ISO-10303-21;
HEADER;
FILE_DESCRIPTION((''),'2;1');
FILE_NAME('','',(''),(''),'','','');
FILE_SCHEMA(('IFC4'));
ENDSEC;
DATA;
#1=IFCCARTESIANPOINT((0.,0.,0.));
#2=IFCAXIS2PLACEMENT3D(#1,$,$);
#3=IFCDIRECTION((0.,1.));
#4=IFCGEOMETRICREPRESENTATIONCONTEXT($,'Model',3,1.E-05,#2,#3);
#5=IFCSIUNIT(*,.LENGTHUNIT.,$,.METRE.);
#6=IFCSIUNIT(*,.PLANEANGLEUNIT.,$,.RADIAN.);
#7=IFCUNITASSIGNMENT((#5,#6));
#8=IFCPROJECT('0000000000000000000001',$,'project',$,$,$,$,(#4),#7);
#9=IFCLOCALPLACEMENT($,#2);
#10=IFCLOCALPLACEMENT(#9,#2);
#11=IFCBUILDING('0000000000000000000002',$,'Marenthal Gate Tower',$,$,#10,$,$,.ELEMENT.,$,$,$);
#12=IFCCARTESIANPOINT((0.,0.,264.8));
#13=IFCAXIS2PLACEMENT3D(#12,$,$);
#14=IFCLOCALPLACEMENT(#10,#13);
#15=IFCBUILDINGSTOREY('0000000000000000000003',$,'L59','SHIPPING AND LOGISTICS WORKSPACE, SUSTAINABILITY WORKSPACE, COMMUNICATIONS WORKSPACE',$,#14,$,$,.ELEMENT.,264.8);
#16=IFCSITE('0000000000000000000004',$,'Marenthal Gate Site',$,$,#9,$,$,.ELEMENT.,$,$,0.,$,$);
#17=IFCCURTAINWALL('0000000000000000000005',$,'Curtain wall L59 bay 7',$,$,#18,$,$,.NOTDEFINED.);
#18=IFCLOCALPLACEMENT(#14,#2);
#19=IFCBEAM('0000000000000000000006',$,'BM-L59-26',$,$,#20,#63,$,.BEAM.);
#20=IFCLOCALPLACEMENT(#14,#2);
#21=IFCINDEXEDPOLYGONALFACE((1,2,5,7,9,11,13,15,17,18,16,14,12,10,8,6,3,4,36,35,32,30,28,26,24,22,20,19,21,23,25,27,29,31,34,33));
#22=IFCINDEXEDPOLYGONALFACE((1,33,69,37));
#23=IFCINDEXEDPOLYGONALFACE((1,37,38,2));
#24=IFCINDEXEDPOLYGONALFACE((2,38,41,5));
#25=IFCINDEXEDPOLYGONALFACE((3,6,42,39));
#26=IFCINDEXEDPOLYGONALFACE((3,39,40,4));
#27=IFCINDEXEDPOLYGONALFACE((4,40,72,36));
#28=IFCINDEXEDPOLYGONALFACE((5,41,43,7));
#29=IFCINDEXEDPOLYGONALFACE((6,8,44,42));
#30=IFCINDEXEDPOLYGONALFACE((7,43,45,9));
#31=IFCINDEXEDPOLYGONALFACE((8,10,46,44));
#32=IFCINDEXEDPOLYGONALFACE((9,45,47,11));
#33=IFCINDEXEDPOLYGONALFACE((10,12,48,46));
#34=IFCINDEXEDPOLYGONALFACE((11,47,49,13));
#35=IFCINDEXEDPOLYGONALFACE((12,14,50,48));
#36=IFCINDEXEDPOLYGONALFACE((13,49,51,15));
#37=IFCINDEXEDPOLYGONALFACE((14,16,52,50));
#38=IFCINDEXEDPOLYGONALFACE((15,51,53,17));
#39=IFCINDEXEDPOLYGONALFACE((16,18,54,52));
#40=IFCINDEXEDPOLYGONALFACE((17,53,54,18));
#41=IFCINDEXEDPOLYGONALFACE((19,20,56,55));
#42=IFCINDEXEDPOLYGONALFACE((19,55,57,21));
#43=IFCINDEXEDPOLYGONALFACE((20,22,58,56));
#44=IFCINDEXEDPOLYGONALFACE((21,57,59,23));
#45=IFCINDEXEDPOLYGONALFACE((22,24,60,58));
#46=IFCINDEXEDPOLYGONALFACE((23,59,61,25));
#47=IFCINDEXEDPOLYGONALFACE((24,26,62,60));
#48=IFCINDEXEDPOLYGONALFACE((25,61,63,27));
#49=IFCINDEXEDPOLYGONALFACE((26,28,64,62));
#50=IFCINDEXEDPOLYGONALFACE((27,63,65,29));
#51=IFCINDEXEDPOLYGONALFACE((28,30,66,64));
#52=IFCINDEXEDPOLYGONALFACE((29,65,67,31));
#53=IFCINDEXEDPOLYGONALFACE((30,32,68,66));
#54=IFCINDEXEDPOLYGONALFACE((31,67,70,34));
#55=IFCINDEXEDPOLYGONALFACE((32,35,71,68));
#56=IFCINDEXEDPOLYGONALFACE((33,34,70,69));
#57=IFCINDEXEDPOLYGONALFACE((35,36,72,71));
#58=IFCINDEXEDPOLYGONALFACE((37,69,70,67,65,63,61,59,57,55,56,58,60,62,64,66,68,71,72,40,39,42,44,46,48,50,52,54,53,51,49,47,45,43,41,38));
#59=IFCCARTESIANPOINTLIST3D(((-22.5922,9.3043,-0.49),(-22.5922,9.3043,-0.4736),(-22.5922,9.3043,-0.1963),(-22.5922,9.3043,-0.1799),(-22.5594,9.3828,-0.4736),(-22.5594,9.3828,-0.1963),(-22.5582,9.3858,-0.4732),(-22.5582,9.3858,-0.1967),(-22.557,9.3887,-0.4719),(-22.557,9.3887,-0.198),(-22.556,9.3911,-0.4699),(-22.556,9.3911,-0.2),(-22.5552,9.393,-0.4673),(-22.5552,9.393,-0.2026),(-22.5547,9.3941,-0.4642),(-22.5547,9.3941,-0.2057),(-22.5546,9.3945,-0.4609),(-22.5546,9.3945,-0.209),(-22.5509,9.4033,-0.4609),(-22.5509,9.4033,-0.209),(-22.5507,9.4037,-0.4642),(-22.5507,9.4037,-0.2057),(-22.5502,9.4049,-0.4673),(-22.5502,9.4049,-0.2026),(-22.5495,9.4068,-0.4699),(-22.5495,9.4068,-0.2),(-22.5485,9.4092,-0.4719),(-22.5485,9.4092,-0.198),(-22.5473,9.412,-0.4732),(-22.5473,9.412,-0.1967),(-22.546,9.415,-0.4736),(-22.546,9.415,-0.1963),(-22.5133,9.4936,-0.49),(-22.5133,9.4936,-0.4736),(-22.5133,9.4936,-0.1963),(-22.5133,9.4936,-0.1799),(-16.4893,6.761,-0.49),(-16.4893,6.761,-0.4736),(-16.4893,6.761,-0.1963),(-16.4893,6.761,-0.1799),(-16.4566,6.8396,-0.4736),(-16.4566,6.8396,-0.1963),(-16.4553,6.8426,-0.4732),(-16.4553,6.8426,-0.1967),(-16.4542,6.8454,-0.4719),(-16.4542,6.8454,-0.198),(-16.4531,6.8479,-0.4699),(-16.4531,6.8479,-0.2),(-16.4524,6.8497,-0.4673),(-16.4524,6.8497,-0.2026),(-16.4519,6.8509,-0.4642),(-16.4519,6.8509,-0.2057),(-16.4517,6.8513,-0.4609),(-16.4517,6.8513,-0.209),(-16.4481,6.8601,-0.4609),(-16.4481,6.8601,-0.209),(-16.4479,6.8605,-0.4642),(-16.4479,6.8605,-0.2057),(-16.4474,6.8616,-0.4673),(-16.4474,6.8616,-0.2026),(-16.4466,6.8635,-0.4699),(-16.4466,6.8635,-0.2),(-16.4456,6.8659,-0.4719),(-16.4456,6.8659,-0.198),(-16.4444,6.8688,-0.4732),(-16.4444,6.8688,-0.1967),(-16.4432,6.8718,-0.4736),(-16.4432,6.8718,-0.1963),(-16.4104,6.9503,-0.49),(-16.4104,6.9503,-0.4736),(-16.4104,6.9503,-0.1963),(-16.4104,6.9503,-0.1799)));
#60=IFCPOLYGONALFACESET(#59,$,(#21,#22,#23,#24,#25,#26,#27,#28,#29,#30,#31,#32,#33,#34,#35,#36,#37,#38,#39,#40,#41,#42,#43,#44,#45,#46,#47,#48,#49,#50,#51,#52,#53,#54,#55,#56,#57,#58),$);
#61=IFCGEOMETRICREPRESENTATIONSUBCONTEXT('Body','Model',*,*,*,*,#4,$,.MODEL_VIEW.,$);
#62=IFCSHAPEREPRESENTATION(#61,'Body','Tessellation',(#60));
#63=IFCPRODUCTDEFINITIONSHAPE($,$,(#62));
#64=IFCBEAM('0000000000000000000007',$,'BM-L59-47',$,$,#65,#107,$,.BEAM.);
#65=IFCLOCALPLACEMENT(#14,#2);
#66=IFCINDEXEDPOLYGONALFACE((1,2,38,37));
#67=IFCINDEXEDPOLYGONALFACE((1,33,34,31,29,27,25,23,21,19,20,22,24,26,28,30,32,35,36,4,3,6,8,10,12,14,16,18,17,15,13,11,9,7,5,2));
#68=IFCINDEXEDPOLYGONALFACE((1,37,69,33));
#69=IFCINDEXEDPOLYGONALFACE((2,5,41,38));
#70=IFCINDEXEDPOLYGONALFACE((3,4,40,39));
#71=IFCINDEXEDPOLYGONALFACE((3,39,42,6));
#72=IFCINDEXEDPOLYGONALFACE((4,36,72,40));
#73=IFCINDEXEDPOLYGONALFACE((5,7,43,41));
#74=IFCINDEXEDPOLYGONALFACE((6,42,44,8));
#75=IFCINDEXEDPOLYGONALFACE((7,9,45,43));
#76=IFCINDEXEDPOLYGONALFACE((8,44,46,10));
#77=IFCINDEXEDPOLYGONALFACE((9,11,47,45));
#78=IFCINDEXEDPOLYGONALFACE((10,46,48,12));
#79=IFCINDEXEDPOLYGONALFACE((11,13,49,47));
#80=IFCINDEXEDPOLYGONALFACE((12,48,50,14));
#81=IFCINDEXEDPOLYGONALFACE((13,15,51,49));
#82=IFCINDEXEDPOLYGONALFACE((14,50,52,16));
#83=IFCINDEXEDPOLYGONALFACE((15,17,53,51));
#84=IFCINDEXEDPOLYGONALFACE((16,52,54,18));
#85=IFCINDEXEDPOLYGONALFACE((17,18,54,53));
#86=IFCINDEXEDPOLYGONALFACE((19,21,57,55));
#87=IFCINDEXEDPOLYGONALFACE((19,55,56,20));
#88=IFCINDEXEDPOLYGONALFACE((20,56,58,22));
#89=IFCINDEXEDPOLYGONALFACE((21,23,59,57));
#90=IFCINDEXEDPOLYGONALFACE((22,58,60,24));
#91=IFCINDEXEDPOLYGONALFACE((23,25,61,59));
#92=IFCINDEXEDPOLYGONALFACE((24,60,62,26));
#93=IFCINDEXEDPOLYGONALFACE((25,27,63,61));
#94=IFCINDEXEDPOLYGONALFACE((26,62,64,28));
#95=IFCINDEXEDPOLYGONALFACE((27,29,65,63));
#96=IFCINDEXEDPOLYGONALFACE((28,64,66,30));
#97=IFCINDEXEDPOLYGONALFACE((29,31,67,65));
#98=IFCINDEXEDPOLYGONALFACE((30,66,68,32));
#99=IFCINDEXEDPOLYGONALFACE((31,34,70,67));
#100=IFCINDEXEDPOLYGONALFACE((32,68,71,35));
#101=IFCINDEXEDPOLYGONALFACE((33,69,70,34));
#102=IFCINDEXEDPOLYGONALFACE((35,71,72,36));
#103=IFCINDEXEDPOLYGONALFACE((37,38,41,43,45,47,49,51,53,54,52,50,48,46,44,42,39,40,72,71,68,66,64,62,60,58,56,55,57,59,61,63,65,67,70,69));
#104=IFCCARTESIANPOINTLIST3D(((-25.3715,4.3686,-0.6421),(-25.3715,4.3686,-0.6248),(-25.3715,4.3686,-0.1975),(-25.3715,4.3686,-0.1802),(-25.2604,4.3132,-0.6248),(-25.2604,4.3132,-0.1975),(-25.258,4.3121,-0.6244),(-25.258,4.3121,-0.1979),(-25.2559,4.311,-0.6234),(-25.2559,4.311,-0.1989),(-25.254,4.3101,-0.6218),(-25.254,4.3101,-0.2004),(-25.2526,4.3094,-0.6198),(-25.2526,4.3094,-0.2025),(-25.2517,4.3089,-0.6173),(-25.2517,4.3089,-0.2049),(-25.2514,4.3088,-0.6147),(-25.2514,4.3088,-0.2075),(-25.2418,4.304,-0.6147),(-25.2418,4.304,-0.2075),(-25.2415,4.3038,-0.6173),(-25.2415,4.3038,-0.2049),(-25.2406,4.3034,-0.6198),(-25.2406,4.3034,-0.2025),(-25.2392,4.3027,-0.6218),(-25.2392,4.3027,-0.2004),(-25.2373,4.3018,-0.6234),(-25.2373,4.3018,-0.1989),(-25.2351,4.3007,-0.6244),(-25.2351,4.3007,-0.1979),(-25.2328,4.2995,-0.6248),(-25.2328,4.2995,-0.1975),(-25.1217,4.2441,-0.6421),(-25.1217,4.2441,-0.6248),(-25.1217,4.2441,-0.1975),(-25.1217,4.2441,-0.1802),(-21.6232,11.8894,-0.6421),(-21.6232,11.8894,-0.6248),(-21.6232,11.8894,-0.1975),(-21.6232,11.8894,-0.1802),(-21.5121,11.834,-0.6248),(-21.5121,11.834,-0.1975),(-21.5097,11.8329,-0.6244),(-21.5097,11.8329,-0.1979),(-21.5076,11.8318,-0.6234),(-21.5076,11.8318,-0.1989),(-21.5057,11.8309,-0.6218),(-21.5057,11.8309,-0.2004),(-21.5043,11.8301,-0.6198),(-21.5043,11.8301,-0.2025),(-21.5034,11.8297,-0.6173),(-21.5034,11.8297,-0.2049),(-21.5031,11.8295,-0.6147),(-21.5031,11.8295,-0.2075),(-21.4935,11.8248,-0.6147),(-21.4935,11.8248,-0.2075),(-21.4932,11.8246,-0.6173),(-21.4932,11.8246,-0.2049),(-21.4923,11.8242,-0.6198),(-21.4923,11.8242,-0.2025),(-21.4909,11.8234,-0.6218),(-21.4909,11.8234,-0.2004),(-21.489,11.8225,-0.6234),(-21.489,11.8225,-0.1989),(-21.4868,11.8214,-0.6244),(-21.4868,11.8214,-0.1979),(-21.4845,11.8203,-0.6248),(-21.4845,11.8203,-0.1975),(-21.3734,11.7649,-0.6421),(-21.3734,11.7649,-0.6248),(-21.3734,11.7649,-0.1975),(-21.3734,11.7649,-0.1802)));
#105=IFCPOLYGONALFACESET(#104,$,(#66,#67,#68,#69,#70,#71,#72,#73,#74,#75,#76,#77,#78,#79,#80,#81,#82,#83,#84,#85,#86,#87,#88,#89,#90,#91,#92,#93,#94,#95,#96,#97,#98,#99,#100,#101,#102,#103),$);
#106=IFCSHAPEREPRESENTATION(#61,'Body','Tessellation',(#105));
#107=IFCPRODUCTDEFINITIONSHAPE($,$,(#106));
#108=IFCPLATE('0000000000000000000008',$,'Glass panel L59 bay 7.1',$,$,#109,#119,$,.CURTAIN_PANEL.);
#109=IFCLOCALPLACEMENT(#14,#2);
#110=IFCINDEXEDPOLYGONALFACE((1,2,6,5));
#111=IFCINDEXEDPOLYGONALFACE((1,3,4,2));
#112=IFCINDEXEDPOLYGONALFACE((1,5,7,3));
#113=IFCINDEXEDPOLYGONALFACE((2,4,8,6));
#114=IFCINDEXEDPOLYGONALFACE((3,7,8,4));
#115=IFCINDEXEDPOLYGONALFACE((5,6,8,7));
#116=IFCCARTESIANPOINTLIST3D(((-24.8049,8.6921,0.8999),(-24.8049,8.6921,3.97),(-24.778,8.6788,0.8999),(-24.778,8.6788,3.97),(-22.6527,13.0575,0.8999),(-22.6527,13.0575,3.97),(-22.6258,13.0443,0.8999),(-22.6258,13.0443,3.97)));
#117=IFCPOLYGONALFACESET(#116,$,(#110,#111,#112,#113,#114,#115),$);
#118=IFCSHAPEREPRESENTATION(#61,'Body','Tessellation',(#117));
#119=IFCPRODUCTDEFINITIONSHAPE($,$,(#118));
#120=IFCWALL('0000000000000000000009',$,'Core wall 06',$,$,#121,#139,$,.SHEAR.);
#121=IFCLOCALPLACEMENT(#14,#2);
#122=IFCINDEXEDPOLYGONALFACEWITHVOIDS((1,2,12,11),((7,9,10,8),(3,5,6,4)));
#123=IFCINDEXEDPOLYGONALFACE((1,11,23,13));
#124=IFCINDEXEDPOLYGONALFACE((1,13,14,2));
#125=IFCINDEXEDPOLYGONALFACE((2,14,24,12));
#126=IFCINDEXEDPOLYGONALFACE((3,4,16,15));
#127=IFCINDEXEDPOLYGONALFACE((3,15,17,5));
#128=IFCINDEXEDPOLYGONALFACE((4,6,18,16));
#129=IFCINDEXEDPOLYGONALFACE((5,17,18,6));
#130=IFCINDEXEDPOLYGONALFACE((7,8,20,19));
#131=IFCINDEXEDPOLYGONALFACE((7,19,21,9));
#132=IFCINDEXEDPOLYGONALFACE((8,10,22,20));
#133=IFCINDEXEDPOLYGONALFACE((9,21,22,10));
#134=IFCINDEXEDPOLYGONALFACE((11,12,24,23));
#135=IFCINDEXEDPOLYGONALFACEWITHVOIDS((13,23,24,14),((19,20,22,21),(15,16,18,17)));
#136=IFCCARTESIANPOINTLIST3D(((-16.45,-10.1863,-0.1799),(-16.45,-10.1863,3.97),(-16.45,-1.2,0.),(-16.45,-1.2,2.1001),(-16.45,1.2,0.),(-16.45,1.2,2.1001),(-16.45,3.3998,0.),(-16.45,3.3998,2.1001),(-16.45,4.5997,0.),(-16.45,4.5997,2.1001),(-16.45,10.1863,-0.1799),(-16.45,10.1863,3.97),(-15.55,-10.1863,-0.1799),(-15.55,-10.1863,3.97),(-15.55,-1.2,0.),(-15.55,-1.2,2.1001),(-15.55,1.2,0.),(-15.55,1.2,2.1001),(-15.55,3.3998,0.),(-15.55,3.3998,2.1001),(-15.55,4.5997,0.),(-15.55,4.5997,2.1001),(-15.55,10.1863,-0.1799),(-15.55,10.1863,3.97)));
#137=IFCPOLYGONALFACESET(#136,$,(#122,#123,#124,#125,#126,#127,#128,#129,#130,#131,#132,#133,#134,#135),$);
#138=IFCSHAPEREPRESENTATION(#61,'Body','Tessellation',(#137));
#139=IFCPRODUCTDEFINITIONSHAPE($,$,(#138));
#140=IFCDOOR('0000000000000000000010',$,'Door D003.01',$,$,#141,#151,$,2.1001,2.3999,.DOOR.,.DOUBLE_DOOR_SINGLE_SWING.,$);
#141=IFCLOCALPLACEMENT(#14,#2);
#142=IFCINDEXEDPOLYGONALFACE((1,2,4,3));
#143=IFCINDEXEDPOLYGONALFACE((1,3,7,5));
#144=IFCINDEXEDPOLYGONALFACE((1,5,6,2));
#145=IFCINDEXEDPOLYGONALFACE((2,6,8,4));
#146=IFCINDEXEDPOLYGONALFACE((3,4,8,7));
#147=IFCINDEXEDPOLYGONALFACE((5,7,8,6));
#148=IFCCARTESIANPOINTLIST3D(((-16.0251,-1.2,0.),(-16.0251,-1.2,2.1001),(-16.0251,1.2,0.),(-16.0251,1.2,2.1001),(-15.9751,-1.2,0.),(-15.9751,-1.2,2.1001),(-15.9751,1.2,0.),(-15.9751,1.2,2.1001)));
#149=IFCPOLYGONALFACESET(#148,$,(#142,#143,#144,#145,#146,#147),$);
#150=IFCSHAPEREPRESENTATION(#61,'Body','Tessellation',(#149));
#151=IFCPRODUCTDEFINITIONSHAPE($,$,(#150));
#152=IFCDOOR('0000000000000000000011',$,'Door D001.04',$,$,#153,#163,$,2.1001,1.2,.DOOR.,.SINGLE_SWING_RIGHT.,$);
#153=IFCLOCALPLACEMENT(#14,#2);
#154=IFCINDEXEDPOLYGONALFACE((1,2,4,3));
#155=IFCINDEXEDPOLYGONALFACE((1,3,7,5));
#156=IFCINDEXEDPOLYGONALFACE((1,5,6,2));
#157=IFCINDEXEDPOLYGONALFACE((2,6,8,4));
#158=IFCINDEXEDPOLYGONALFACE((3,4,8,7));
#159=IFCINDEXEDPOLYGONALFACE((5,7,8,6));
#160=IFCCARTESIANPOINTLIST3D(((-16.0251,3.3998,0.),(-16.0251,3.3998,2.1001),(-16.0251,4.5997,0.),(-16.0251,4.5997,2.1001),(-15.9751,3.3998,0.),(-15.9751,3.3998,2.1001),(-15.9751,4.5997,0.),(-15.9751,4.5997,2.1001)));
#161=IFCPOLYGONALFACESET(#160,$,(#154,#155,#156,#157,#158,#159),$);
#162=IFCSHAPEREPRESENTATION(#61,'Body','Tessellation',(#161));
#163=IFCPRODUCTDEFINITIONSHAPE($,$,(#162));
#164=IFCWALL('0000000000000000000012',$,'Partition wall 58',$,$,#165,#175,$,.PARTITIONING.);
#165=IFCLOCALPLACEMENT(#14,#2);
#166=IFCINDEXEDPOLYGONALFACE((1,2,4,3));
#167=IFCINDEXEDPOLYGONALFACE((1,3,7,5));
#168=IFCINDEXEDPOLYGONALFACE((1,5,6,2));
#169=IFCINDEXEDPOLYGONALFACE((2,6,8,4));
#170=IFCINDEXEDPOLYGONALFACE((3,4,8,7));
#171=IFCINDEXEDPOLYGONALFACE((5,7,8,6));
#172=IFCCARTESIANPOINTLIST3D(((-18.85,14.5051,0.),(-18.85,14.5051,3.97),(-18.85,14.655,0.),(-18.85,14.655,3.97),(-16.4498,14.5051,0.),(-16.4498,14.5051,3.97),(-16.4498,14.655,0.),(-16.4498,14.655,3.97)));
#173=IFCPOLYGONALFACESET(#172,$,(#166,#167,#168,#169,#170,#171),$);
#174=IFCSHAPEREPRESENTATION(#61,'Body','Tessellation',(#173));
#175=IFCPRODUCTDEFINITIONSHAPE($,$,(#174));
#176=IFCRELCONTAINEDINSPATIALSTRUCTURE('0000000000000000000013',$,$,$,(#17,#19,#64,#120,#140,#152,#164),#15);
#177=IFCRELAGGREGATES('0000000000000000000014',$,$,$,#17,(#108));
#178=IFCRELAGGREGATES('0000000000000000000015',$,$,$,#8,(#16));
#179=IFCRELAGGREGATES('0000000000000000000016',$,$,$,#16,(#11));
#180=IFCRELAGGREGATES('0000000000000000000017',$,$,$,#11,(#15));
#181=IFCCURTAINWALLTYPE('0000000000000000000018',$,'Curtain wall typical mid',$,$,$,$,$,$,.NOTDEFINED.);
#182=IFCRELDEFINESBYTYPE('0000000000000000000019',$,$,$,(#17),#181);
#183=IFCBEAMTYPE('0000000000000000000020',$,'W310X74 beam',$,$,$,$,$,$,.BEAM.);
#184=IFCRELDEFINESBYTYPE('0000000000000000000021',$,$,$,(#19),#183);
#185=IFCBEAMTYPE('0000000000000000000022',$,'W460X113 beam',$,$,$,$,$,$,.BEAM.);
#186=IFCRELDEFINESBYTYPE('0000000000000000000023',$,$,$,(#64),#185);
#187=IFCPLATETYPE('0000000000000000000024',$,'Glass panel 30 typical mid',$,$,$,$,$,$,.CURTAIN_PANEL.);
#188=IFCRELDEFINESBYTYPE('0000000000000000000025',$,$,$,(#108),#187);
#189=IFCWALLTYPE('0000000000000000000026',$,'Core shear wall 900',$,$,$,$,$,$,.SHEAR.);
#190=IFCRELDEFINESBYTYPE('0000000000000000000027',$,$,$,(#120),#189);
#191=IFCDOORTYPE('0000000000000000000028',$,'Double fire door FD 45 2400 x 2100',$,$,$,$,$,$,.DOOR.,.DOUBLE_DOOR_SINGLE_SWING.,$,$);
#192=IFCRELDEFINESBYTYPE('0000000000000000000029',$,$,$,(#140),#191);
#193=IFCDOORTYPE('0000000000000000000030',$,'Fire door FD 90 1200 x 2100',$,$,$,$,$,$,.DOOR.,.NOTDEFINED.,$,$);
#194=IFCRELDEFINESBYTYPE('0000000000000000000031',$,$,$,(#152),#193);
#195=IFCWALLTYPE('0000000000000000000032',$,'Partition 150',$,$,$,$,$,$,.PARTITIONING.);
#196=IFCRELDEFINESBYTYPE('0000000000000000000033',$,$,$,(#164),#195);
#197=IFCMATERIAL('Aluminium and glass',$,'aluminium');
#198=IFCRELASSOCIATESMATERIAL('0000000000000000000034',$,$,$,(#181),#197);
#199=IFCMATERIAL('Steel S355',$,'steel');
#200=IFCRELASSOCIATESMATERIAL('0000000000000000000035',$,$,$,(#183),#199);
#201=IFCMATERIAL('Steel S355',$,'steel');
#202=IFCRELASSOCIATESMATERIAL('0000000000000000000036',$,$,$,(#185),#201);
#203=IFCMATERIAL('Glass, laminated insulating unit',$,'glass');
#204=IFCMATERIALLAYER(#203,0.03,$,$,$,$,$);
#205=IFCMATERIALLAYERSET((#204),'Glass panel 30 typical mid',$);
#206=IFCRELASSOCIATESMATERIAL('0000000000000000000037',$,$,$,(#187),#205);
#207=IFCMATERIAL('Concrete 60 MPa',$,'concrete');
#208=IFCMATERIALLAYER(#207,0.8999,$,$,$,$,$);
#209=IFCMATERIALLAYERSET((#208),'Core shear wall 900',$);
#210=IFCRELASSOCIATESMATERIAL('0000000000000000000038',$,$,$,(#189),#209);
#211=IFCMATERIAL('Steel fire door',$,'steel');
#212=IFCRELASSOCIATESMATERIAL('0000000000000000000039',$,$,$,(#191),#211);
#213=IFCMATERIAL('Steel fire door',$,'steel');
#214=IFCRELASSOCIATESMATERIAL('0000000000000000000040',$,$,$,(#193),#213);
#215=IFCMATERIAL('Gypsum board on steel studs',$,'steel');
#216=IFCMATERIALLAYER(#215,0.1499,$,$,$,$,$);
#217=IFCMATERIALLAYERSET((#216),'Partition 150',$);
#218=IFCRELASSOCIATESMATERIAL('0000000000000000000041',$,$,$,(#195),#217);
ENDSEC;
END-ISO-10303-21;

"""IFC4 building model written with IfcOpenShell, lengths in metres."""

from ifc_helpers import new_model, si_unit, direction, frame, frame_2d, origin, origin_2d, place, context, subcontext, project, spatial, rectangle, i_section, extrude, material, layer, layer_set, material_profile, profile_set, type_object, element, fill, aggregate, save


model = new_model("IFC4")

# Units and contexts
model_context = context("Model", 3, precision=1e-05, world=origin(), true_north=direction((0.0, 1.0)))
body_context = subcontext(model_context, "Body", "Model", "MODEL_VIEW")
ifc_project = project(units=[si_unit("LENGTHUNIT", "METRE"), si_unit("PLANEANGLEUNIT", "RADIAN")], contexts=[model_context])

# Site, building, storey
site_placement = place(None, origin())
site = spatial("IfcSite", under=ifc_project, at=site_placement, Name="Marenthal Gate Site", CompositionType="ELEMENT", RefElevation=0.0)
building_placement = place(site_placement, origin())
building = spatial("IfcBuilding", under=site, at=building_placement, Name="Marenthal Gate Tower", CompositionType="ELEMENT")
storey_placement = place(building_placement, frame((0.0, 0.0, 264.8)))
storey = spatial("IfcBuildingStorey", under=building, at=storey_placement, Name="L59", Description="SHIPPING AND LOGISTICS WORKSPACE, SUSTAINABILITY WORKSPACE, COMMUNICATIONS WORKSPACE", CompositionType="ELEMENT", Elevation=264.8)

# Curtain wall
ifc_material_1 = material(Name="Aluminium and glass", Category="aluminium")
curtain_wall_type = type_object("IfcCurtainWallType", Name="Curtain wall typical mid", PredefinedType="NOTDEFINED", material=ifc_material_1)
curtain_wall_placement = place(storey_placement, origin())
curtain_wall = element("IfcCurtainWall", 1, at=curtain_wall_placement, inside=storey, type_object=curtain_wall_type, Name="Curtain wall L59 bay 7", PredefinedType="NOTDEFINED")

# Beams
ifc_material_2 = material(Name="Steel S355", Category="steel")
ifc_material_profile_1 = material_profile(ifc_material_2, i_section(OverallWidth=0.2051, OverallDepth=0.3101, WebThickness=0.0095, FlangeThickness=0.0164, FilletRadius=0.0127, at=origin_2d()), Name="W310X74")
ifc_profile_set_1 = profile_set([ifc_material_profile_1], Name="Steel S355")
beam_type_1 = type_object("IfcBeamType", Name="W310X74 beam", PredefinedType="BEAM", material=ifc_profile_set_1)
beam_1_placement = place(storey_placement, frame((-22.5527, 9.3989, -0.335), z_axis=(0.923056, -0.384665, 0.0), x_axis=(0.384665, 0.923056, 0.0)))
element("IfcBeam", 2, at=beam_1_placement, inside=storey, type_object=beam_type_1, Name="BM-L59-26", PredefinedType="BEAM", context=body_context, shape_type="SweptSolid", body=[
    extrude(i_section(OverallWidth=0.2051, OverallDepth=0.3101, WebThickness=0.0095, FlangeThickness=0.0164, FilletRadius=0.0127, at=origin_2d()), origin(), (0.0, 0.0, 1.0), 6.6116),
])
ifc_material_3 = material(Name="Steel S355", Category="steel")
ifc_material_profile_2 = material_profile(ifc_material_3, i_section(OverallWidth=0.2791, OverallDepth=0.4619, WebThickness=0.0107, FlangeThickness=0.0173, FilletRadius=0.01, at=origin_2d()), Name="W460X113")
ifc_profile_set_2 = profile_set([ifc_material_profile_2], Name="Steel S355")
beam_type_2 = type_object("IfcBeamType", Name="W460X113 beam", PredefinedType="BEAM", material=ifc_profile_set_2)
beam_2_placement = place(storey_placement, frame((-21.4983, 11.8271, -0.4111), z_axis=(-0.446063, -0.895002, 0.0), x_axis=(0.895002, -0.446063, 0.0)))
element("IfcBeam", 3, at=beam_2_placement, inside=storey, type_object=beam_type_2, Name="BM-L59-47", PredefinedType="BEAM", context=body_context, shape_type="SweptSolid", body=[
    extrude(i_section(OverallWidth=0.2791, OverallDepth=0.4619, WebThickness=0.0107, FlangeThickness=0.0173, FilletRadius=0.01, at=origin_2d()), origin(), (0.0, 0.0, 1.0), 8.4031),
])

# Plate
ifc_material_4 = material(Name="Glass, laminated insulating unit", Category="glass")
ifc_layer_1 = layer(ifc_material_4, 0.03)
ifc_layer_set_1 = layer_set([ifc_layer_1], Name="Glass panel 30 typical mid")
plate_type = type_object("IfcPlateType", Name="Glass panel 30 typical mid", PredefinedType="CURTAIN_PANEL", material=ifc_layer_set_1)
plate_placement = place(storey_placement, frame((-23.7153, 10.8682, 0.8999), z_axis=(0.0, 0.0, 1.0), x_axis=(-0.442192, -0.896921, 0.0)))
plate = element("IfcPlate", 4, at=plate_placement, type_object=plate_type, Name="Glass panel L59 bay 7.1", PredefinedType="CURTAIN_PANEL", context=body_context, shape_type="SweptSolid", body=[
    extrude(rectangle(XDim=4.8672, YDim=0.03, at=origin_2d()), origin(), (0.0, 0.0, 1.0), 3.0701),
])
aggregate(curtain_wall, [plate])

# Wall, openings, doors
ifc_material_5 = material(Name="Concrete 60 MPa", Category="concrete")
ifc_layer_2 = layer(ifc_material_5, 0.8999)
ifc_layer_set_2 = layer_set([ifc_layer_2], Name="Core shear wall 900")
wall_type_1 = type_object("IfcWallType", Name="Core shear wall 900", PredefinedType="SHEAR", material=ifc_layer_set_2)
wall_1_placement = place(storey_placement, frame((-16.0, 10.1863, -0.1799), z_axis=(0.0, 0.0, 1.0), x_axis=(0.0, -1.0, 0.0)))
wall_1 = element("IfcWall", 5, at=wall_1_placement, inside=storey, type_object=wall_type_1, Name="Core wall 06", PredefinedType="SHEAR", context=body_context, shape_type="SweptSolid", body=[
    extrude(rectangle(XDim=20.3726, YDim=0.8999, at=frame_2d((10.1863, 0.0))), origin(), (0.0, 0.0, 1.0), 4.1499),
])
opening_1_placement = place(wall_1_placement, frame((8.9863, 0.0, 0.1799)))
opening_1 = element("IfcOpeningElement", 6, at=opening_1_placement, cuts=wall_1, PredefinedType="OPENING", context=body_context, shape_type="SweptSolid", body=[
    extrude(rectangle(XDim=2.3999, YDim=2.1001, at=frame_2d((1.2, 1.05))), frame((0.0, 0.46, 0.0), z_axis=(0.0, -1.0, 0.0), x_axis=(1.0, 0.0, 0.0)), (0.0, 0.0, 1.0), 0.9199),
])
opening_2_placement = place(wall_1_placement, frame((5.5864, 0.0, 0.1799)))
opening_2 = element("IfcOpeningElement", 7, at=opening_2_placement, cuts=wall_1, PredefinedType="OPENING", context=body_context, shape_type="SweptSolid", body=[
    extrude(rectangle(XDim=1.2, YDim=2.1001, at=frame_2d((0.6001, 1.05))), frame((0.0, 0.46, 0.0), z_axis=(0.0, -1.0, 0.0), x_axis=(1.0, 0.0, 0.0)), (0.0, 0.0, 1.0), 0.9199),
])
ifc_material_6 = material(Name="Steel fire door", Category="steel")
door_type_1 = type_object("IfcDoorType", Name="Double fire door FD 45 2400 x 2100", OperationType="DOUBLE_DOOR_SINGLE_SWING", PredefinedType="DOOR", material=ifc_material_6)
door_1_placement = place(opening_1_placement, origin())
door_1 = element("IfcDoor", 8, at=door_1_placement, inside=storey, type_object=door_type_1, Name="Door D003.01", OperationType="DOUBLE_DOOR_SINGLE_SWING", OverallHeight=2.1001, OverallWidth=2.3999, PredefinedType="DOOR", context=body_context, shape_type="SweptSolid", body=[
    extrude(rectangle(XDim=2.3999, YDim=2.1001, at=frame_2d((1.2, 1.05))), frame((0.0, 0.0249, 0.0), z_axis=(0.0, -1.0, 0.0), x_axis=(1.0, 0.0, 0.0)), (0.0, 0.0, 1.0), 0.05),
])
fill(opening_1, door_1)
ifc_material_7 = material(Name="Steel fire door", Category="steel")
door_type_2 = type_object("IfcDoorType", Name="Fire door FD 90 1200 x 2100", OperationType="NOTDEFINED", PredefinedType="DOOR", material=ifc_material_7)
door_2_placement = place(opening_2_placement, origin())
door_2 = element("IfcDoor", 9, at=door_2_placement, inside=storey, type_object=door_type_2, Name="Door D001.04", OperationType="SINGLE_SWING_RIGHT", OverallHeight=2.1001, OverallWidth=1.2, PredefinedType="DOOR", context=body_context, shape_type="SweptSolid", body=[
    extrude(rectangle(XDim=1.2, YDim=2.1001, at=frame_2d((0.6001, 1.05))), frame((0.0, 0.0249, 0.0), z_axis=(0.0, -1.0, 0.0), x_axis=(1.0, 0.0, 0.0)), (0.0, 0.0, 1.0), 0.05),
])
fill(opening_2, door_2)

# Wall
ifc_material_8 = material(Name="Gypsum board on steel studs", Category="steel")
ifc_layer_3 = layer(ifc_material_8, 0.1499)
ifc_layer_set_3 = layer_set([ifc_layer_3], Name="Partition 150")
wall_type_2 = type_object("IfcWallType", Name="Partition 150", PredefinedType="PARTITIONING", material=ifc_layer_set_3)
wall_2_placement = place(storey_placement, frame((-18.8501, 14.5801, 0.0), z_axis=(0.0, 0.0, 1.0), x_axis=(1.0, 0.0, 0.0)))
element("IfcWall", 10, at=wall_2_placement, inside=storey, type_object=wall_type_2, Name="Partition wall 58", PredefinedType="PARTITIONING", context=body_context, shape_type="SweptSolid", body=[
    extrude(rectangle(XDim=2.4001, YDim=0.1499, at=frame_2d((1.2002, 0.0))), origin(), (0.0, 0.0, 1.0), 3.97),
])

save(model, "model.ifc")
